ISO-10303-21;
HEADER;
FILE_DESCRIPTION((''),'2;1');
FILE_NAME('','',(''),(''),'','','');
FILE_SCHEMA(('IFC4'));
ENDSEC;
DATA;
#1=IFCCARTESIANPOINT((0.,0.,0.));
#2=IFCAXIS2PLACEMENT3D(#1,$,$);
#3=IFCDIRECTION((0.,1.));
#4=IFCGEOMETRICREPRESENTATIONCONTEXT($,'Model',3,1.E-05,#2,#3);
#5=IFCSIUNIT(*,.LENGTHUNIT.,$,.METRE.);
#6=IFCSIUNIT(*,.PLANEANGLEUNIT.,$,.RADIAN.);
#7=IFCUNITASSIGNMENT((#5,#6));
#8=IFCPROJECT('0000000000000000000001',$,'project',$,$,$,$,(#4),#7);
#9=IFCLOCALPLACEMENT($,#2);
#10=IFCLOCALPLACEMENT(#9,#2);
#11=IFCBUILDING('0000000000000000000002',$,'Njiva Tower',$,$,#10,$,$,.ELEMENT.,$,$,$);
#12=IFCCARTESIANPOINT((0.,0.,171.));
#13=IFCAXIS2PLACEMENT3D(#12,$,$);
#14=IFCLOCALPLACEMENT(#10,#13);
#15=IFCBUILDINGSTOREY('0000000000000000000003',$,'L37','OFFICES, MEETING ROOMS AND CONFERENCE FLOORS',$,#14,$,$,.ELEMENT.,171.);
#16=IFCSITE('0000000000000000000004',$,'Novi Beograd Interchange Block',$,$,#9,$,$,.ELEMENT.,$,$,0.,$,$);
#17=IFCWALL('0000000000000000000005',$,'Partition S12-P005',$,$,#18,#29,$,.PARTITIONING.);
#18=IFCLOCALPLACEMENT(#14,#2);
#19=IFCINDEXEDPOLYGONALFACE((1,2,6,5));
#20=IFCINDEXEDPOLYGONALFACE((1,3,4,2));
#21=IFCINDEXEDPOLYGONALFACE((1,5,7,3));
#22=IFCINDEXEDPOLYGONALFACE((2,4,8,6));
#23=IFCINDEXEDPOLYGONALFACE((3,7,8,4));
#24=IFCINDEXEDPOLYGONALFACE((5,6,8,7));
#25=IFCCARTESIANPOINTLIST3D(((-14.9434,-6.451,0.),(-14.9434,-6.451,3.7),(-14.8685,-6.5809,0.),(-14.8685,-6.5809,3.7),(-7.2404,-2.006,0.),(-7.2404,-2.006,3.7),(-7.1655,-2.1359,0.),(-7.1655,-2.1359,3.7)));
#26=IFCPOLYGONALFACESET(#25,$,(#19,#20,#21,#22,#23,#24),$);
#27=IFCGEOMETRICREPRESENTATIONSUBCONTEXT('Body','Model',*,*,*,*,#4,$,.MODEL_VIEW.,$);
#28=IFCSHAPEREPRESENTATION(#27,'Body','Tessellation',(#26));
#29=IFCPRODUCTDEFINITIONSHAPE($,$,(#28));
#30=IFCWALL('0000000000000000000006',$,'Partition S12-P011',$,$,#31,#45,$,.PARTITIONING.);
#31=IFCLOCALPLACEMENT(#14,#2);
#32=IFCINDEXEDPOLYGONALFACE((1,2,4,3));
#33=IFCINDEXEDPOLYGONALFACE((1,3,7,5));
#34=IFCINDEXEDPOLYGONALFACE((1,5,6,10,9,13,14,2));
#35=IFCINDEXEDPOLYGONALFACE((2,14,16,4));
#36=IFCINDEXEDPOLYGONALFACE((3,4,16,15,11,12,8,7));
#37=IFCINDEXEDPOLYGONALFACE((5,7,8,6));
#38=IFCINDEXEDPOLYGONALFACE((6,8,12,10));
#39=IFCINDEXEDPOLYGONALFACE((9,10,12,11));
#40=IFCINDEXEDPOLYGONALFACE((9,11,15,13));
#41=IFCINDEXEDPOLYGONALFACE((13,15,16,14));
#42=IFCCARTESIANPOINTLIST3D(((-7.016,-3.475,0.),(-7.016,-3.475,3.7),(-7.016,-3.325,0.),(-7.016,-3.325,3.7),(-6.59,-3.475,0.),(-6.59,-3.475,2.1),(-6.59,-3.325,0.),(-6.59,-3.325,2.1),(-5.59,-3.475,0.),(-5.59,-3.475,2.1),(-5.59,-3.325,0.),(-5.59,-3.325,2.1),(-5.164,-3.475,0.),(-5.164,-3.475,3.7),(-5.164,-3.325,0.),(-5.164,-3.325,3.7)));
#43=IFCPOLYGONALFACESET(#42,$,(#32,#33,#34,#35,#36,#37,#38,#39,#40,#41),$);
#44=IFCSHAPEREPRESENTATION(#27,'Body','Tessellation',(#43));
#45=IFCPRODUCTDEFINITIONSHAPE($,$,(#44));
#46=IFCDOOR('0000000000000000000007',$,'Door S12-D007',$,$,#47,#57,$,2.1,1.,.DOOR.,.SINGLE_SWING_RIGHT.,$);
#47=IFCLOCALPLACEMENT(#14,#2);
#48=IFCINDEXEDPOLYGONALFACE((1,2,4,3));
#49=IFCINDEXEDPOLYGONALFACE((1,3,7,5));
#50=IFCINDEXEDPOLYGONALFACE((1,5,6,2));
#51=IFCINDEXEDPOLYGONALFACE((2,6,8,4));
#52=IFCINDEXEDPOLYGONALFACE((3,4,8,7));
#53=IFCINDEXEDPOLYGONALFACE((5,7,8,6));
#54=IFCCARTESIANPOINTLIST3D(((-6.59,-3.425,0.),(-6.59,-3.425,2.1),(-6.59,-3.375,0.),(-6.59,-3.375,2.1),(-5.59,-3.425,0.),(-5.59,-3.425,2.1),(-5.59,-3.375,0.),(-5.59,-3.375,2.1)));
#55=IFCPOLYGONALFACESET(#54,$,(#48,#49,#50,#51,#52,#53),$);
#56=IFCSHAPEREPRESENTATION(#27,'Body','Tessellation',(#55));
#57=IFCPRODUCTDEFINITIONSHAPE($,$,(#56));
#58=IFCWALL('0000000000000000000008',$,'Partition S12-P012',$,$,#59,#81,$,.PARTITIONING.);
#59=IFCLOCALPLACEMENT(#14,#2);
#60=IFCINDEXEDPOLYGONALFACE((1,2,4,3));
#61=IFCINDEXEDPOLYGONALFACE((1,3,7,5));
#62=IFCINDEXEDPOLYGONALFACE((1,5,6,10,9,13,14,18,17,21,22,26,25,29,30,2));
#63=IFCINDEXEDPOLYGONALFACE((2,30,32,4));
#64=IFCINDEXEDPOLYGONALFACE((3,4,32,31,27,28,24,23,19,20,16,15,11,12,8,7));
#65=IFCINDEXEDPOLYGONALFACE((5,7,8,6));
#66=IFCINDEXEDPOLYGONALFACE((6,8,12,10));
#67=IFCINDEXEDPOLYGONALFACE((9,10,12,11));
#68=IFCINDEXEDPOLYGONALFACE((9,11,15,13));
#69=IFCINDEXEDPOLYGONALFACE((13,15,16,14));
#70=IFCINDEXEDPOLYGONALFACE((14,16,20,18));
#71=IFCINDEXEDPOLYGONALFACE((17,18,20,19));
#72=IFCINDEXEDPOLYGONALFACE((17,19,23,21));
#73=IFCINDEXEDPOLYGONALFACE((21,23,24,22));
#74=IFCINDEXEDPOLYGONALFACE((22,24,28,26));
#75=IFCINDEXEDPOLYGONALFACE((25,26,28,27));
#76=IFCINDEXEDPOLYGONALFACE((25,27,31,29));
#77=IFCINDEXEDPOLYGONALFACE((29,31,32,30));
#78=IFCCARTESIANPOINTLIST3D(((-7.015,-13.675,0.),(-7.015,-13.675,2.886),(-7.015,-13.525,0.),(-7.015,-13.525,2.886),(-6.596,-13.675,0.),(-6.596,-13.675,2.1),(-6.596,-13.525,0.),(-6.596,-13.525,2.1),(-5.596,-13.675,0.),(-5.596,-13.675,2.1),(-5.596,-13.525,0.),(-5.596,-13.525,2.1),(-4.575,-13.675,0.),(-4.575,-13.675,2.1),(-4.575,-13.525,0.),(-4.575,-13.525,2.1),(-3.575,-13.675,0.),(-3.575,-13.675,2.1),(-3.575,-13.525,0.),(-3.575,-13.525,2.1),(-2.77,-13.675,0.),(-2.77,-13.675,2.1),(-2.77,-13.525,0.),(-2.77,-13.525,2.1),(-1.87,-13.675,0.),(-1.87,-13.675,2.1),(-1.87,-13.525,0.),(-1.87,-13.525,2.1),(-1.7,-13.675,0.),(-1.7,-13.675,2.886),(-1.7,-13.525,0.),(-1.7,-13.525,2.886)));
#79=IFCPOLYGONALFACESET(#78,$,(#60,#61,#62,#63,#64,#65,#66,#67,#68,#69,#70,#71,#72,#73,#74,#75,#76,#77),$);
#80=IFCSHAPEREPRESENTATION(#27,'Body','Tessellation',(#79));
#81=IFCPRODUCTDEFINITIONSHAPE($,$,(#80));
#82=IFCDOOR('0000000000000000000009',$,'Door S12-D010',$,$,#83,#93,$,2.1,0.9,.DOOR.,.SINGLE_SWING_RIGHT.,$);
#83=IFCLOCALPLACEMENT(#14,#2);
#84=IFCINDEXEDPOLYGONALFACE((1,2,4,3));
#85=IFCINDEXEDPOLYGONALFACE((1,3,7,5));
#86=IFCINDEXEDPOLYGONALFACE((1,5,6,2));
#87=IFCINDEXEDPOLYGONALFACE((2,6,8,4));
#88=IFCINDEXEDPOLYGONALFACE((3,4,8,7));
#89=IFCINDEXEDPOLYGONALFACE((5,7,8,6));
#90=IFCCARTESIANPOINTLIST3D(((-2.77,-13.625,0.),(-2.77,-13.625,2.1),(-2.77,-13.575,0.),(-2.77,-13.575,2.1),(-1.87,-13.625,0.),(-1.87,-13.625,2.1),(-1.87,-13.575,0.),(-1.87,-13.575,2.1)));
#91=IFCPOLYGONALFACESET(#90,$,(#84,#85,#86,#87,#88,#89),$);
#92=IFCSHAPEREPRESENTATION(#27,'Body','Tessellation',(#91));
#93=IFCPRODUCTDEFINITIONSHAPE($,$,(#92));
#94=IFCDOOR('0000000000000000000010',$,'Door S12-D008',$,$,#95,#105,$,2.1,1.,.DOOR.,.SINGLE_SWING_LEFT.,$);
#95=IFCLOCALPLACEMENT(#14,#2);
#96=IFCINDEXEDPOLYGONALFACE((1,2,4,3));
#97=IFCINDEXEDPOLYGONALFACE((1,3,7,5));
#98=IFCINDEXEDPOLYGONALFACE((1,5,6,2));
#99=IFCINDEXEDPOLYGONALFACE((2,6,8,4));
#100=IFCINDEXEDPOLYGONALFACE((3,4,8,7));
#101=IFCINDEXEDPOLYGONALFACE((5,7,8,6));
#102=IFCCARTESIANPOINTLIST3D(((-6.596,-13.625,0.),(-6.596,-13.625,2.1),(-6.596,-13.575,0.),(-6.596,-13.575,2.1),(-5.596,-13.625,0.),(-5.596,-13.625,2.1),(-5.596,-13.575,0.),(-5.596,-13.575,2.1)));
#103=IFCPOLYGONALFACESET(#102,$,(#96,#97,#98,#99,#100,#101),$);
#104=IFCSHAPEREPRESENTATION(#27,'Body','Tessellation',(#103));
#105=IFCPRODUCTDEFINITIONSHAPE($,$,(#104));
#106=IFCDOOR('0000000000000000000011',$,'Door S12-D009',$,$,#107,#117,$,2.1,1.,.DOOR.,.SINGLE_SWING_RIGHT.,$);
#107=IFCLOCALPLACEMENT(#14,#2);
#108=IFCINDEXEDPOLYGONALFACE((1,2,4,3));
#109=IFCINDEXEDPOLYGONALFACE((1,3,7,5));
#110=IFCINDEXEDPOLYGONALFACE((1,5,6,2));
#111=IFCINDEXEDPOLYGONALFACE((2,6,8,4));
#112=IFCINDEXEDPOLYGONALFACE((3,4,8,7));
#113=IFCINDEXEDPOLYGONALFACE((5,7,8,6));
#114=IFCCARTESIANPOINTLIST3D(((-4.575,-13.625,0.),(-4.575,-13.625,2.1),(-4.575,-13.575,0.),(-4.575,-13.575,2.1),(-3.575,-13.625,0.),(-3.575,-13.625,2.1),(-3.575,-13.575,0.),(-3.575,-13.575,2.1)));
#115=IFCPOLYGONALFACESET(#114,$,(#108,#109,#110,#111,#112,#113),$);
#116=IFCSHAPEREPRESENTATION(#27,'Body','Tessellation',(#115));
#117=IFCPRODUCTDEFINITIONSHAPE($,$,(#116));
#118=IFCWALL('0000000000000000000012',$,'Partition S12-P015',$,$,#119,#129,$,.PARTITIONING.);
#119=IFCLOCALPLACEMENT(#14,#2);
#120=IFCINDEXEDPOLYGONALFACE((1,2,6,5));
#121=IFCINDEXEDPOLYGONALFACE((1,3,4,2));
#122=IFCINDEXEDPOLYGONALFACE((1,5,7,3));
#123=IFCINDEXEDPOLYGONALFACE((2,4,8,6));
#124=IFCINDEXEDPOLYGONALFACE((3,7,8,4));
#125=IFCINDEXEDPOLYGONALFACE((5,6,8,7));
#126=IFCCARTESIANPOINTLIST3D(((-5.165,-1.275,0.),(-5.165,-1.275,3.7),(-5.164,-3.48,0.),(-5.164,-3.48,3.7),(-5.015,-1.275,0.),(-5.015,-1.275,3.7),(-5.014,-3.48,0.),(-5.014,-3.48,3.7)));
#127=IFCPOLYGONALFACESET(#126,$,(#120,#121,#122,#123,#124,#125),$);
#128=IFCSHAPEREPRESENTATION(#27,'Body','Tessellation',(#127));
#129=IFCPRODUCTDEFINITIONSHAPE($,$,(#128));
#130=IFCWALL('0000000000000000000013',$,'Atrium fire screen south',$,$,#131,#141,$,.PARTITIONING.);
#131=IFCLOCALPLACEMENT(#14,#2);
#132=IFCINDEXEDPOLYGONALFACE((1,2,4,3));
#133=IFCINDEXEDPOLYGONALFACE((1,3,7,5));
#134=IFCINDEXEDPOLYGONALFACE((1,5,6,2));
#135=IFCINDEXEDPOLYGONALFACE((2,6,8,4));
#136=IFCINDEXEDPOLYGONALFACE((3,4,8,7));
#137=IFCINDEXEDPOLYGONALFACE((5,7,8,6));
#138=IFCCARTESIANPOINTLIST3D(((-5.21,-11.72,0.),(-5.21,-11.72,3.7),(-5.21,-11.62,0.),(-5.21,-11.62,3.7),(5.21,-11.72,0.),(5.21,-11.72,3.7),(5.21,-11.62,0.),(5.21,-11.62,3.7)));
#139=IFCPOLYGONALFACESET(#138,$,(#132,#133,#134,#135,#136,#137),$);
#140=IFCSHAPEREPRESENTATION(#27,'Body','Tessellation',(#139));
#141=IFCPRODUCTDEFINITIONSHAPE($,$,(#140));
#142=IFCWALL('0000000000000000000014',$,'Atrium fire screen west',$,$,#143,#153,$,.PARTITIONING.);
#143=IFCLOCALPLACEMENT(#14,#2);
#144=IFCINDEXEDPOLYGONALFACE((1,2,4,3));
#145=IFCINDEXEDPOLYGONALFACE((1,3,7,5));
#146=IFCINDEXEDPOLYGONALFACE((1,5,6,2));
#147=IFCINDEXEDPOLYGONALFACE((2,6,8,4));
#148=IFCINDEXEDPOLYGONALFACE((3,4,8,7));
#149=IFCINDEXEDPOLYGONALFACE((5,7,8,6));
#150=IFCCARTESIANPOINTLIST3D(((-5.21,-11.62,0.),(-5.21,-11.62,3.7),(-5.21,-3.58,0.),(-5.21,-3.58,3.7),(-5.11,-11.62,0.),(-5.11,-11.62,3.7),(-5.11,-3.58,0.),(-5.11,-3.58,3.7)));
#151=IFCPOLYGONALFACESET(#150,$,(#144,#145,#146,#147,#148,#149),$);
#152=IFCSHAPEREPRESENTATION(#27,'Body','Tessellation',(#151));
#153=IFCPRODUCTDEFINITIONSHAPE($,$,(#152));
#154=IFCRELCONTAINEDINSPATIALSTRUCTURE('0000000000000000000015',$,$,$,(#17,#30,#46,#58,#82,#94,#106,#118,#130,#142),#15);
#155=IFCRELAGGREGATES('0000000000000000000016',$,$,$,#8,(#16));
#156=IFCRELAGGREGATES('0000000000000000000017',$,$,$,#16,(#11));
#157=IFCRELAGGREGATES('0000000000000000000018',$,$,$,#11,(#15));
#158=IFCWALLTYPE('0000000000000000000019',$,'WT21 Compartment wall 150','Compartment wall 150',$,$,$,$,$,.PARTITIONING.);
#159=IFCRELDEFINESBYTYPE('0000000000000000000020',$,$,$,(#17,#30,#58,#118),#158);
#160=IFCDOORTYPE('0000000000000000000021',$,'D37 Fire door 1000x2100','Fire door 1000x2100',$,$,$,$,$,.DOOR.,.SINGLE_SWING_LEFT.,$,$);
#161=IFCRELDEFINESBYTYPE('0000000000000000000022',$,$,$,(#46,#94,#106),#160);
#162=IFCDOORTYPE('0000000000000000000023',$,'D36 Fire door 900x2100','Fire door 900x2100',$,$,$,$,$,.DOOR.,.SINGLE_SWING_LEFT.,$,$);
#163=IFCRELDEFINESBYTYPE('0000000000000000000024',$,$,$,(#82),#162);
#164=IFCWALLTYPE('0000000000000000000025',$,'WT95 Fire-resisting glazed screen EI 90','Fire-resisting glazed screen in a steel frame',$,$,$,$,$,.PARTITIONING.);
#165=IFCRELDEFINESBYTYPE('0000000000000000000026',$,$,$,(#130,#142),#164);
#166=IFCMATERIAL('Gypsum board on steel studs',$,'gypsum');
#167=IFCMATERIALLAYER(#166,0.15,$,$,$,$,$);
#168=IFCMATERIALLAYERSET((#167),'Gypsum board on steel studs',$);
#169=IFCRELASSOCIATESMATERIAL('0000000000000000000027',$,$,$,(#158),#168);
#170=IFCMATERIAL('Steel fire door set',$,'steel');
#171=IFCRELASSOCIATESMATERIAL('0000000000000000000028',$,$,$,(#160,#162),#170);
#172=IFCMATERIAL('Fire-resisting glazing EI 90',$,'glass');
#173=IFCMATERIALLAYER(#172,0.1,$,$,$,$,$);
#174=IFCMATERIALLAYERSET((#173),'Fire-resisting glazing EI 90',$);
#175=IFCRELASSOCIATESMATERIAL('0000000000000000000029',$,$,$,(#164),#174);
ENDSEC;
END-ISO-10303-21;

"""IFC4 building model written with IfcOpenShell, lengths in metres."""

from ifc_helpers import new_model, si_unit, direction, frame, frame_2d, origin, place, context, subcontext, project, spatial, rectangle, extrude, material, layer, layer_set, type_object, element, fill, save


model = new_model("IFC4")

# Units and contexts
model_context = context("Model", 3, precision=1e-05, world=origin(), true_north=direction((0.0, 1.0)))
body_context = subcontext(model_context, "Body", "Model", "MODEL_VIEW")
ifc_project = project(units=[si_unit("LENGTHUNIT", "METRE"), si_unit("PLANEANGLEUNIT", "RADIAN")], contexts=[model_context])

# Site, building, storey
site_placement = place(None, origin())
site = spatial("IfcSite", under=ifc_project, at=site_placement, Name="Novi Beograd Interchange Block", CompositionType="ELEMENT", RefElevation=0.0)
building_placement = place(site_placement, origin())
building = spatial("IfcBuilding", under=site, at=building_placement, Name="Njiva Tower", CompositionType="ELEMENT")
storey_placement = place(building_placement, frame((0.0, 0.0, 171.0)))
storey = spatial("IfcBuildingStorey", under=building, at=storey_placement, Name="L37", Description="OFFICES, MEETING ROOMS AND CONFERENCE FLOORS", CompositionType="ELEMENT", Elevation=171.0)

# Wall
ifc_material_1 = material(Name="Gypsum board on steel studs", Category="gypsum")
ifc_layer_1 = layer(ifc_material_1, 0.15)
ifc_layer_set_1 = layer_set([ifc_layer_1], Name="Gypsum board on steel studs")
wall_type_1 = type_object("IfcWallType", Name="WT21 Compartment wall 150", Description="Compartment wall 150", PredefinedType="PARTITIONING", material=ifc_layer_set_1)
wall_1_placement = place(storey_placement, frame((-14.906, -6.516, 0.0), z_axis=(0.0, 0.0, 1.0), x_axis=(0.866139, 0.499804, 0.0)))
element("IfcWall", 1, at=wall_1_placement, inside=storey, type_object=wall_type_1, Name="Partition S12-P005", PredefinedType="PARTITIONING", context=body_context, shape_type="SweptSolid", body=[
    extrude(rectangle(XDim=8.8935, YDim=0.15, at=frame_2d((4.4468, 0.0))), origin(), (0.0, 0.0, 1.0), 3.7),
])

# Wall, opening, door
wall_2_placement = place(storey_placement, frame((-7.016, -3.4, 0.0), z_axis=(0.0, 0.0, 1.0), x_axis=(1.0, 0.0, 0.0)))
wall_2 = element("IfcWall", 2, at=wall_2_placement, inside=storey, type_object=wall_type_1, Name="Partition S12-P011", PredefinedType="PARTITIONING", context=body_context, shape_type="SweptSolid", body=[
    extrude(rectangle(XDim=1.852, YDim=0.15, at=frame_2d((0.926, 0.0))), origin(), (0.0, 0.0, 1.0), 3.7),
])
opening_1_placement = place(wall_2_placement, frame((0.426, 0.0, 0.0)))
opening_1 = element("IfcOpeningElement", 3, at=opening_1_placement, cuts=wall_2, PredefinedType="OPENING", context=body_context, shape_type="SweptSolid", body=[
    extrude(rectangle(XDim=1.0, YDim=2.1, at=frame_2d((0.5, 1.05))), frame((0.0, 0.085, 0.0), z_axis=(0.0, -1.0, 0.0), x_axis=(1.0, 0.0, 0.0)), (0.0, 0.0, 1.0), 0.17),
])
ifc_material_2 = material(Name="Steel fire door set", Category="steel")
door_type_1 = type_object("IfcDoorType", Name="D37 Fire door 1000x2100", Description="Fire door 1000x2100", OperationType="SINGLE_SWING_LEFT", PredefinedType="DOOR", material=ifc_material_2)
door_1_placement = place(opening_1_placement, origin())
door_1 = element("IfcDoor", 4, at=door_1_placement, inside=storey, type_object=door_type_1, Name="Door S12-D007", OperationType="SINGLE_SWING_RIGHT", OverallHeight=2.1, OverallWidth=1.0, PredefinedType="DOOR", context=body_context, shape_type="SweptSolid", body=[
    extrude(rectangle(XDim=1.0, YDim=2.1, at=frame_2d((0.5, 1.05))), frame((0.0, 0.025, 0.0), z_axis=(0.0, -1.0, 0.0), x_axis=(1.0, 0.0, 0.0)), (0.0, 0.0, 1.0), 0.05),
])
fill(opening_1, door_1)

# Wall, openings, doors
wall_3_placement = place(storey_placement, frame((-7.015, -13.6, 0.0), z_axis=(0.0, 0.0, 1.0), x_axis=(1.0, 0.0, 0.0)))
wall_3 = element("IfcWall", 5, at=wall_3_placement, inside=storey, type_object=wall_type_1, Name="Partition S12-P012", PredefinedType="PARTITIONING", context=body_context, shape_type="SweptSolid", body=[
    extrude(rectangle(XDim=5.315, YDim=0.15, at=frame_2d((2.6575, 0.0))), origin(), (0.0, 0.0, 1.0), 2.886),
])
opening_2_placement = place(wall_3_placement, frame((0.419, 0.0, 0.0)))
opening_2 = element("IfcOpeningElement", 6, at=opening_2_placement, cuts=wall_3, PredefinedType="OPENING", context=body_context, shape_type="SweptSolid", body=[
    extrude(rectangle(XDim=1.0, YDim=2.1, at=frame_2d((0.5, 1.05))), frame((0.0, 0.085, 0.0), z_axis=(0.0, -1.0, 0.0), x_axis=(1.0, 0.0, 0.0)), (0.0, 0.0, 1.0), 0.17),
])
opening_3_placement = place(wall_3_placement, frame((2.44, 0.0, 0.0)))
opening_3 = element("IfcOpeningElement", 7, at=opening_3_placement, cuts=wall_3, PredefinedType="OPENING", context=body_context, shape_type="SweptSolid", body=[
    extrude(rectangle(XDim=1.0, YDim=2.1, at=frame_2d((0.5, 1.05))), frame((0.0, 0.085, 0.0), z_axis=(0.0, -1.0, 0.0), x_axis=(1.0, 0.0, 0.0)), (0.0, 0.0, 1.0), 0.17),
])
opening_4_placement = place(wall_3_placement, frame((4.245, 0.0, 0.0)))
opening_4 = element("IfcOpeningElement", 8, at=opening_4_placement, cuts=wall_3, PredefinedType="OPENING", context=body_context, shape_type="SweptSolid", body=[
    extrude(rectangle(XDim=0.9, YDim=2.1, at=frame_2d((0.45, 1.05))), frame((0.0, 0.085, 0.0), z_axis=(0.0, -1.0, 0.0), x_axis=(1.0, 0.0, 0.0)), (0.0, 0.0, 1.0), 0.17),
])
door_type_2 = type_object("IfcDoorType", Name="D36 Fire door 900x2100", Description="Fire door 900x2100", OperationType="SINGLE_SWING_LEFT", PredefinedType="DOOR", material=ifc_material_2)
door_2_placement = place(opening_4_placement, origin())
door_2 = element("IfcDoor", 9, at=door_2_placement, inside=storey, type_object=door_type_2, Name="Door S12-D010", OperationType="SINGLE_SWING_RIGHT", OverallHeight=2.1, OverallWidth=0.9, PredefinedType="DOOR", context=body_context, shape_type="SweptSolid", body=[
    extrude(rectangle(XDim=0.9, YDim=2.1, at=frame_2d((0.45, 1.05))), frame((0.0, 0.025, 0.0), z_axis=(0.0, -1.0, 0.0), x_axis=(1.0, 0.0, 0.0)), (0.0, 0.0, 1.0), 0.05),
])
fill(opening_4, door_2)
door_3_placement = place(opening_2_placement, origin())
door_3 = element("IfcDoor", 10, at=door_3_placement, inside=storey, type_object=door_type_1, Name="Door S12-D008", OperationType="SINGLE_SWING_LEFT", OverallHeight=2.1, OverallWidth=1.0, PredefinedType="DOOR", context=body_context, shape_type="SweptSolid", body=[
    extrude(rectangle(XDim=1.0, YDim=2.1, at=frame_2d((0.5, 1.05))), frame((0.0, 0.025, 0.0), z_axis=(0.0, -1.0, 0.0), x_axis=(1.0, 0.0, 0.0)), (0.0, 0.0, 1.0), 0.05),
])
fill(opening_2, door_3)
door_4_placement = place(opening_3_placement, origin())
door_4 = element("IfcDoor", 11, at=door_4_placement, inside=storey, type_object=door_type_1, Name="Door S12-D009", OperationType="SINGLE_SWING_RIGHT", OverallHeight=2.1, OverallWidth=1.0, PredefinedType="DOOR", context=body_context, shape_type="SweptSolid", body=[
    extrude(rectangle(XDim=1.0, YDim=2.1, at=frame_2d((0.5, 1.05))), frame((0.0, 0.025, 0.0), z_axis=(0.0, -1.0, 0.0), x_axis=(1.0, 0.0, 0.0)), (0.0, 0.0, 1.0), 0.05),
])
fill(opening_3, door_4)

# Walls
wall_4_placement = place(storey_placement, frame((-5.089, -3.48, 0.0), z_axis=(0.0, 0.0, 1.0), x_axis=(-0.000454, 1.0, 0.0)))
element("IfcWall", 12, at=wall_4_placement, inside=storey, type_object=wall_type_1, Name="Partition S12-P015", PredefinedType="PARTITIONING", context=body_context, shape_type="SweptSolid", body=[
    extrude(rectangle(XDim=2.205, YDim=0.15, at=frame_2d((1.1025, 0.0))), origin(), (0.0, 0.0, 1.0), 3.7),
])
ifc_material_3 = material(Name="Fire-resisting glazing EI 90", Category="glass")
ifc_layer_2 = layer(ifc_material_3, 0.1)
ifc_layer_set_2 = layer_set([ifc_layer_2], Name="Fire-resisting glazing EI 90")
wall_type_2 = type_object("IfcWallType", Name="WT95 Fire-resisting glazed screen EI 90", Description="Fire-resisting glazed screen in a steel frame", PredefinedType="PARTITIONING", material=ifc_layer_set_2)
wall_5_placement = place(storey_placement, frame((-5.21, -11.67, 0.0), z_axis=(0.0, 0.0, 1.0), x_axis=(1.0, 0.0, 0.0)))
element("IfcWall", 13, at=wall_5_placement, inside=storey, type_object=wall_type_2, Name="Atrium fire screen south", PredefinedType="PARTITIONING", context=body_context, shape_type="SweptSolid", body=[
    extrude(rectangle(XDim=10.42, YDim=0.1, at=frame_2d((5.21, 0.0))), origin(), (0.0, 0.0, 1.0), 3.7),
])
wall_6_placement = place(storey_placement, frame((-5.16, -3.58, 0.0), z_axis=(0.0, 0.0, 1.0), x_axis=(0.0, -1.0, 0.0)))
element("IfcWall", 14, at=wall_6_placement, inside=storey, type_object=wall_type_2, Name="Atrium fire screen west", PredefinedType="PARTITIONING", context=body_context, shape_type="SweptSolid", body=[
    extrude(rectangle(XDim=8.04, YDim=0.1, at=frame_2d((4.02, 0.0))), origin(), (0.0, 0.0, 1.0), 3.7),
])

save(model, "model.ifc")
